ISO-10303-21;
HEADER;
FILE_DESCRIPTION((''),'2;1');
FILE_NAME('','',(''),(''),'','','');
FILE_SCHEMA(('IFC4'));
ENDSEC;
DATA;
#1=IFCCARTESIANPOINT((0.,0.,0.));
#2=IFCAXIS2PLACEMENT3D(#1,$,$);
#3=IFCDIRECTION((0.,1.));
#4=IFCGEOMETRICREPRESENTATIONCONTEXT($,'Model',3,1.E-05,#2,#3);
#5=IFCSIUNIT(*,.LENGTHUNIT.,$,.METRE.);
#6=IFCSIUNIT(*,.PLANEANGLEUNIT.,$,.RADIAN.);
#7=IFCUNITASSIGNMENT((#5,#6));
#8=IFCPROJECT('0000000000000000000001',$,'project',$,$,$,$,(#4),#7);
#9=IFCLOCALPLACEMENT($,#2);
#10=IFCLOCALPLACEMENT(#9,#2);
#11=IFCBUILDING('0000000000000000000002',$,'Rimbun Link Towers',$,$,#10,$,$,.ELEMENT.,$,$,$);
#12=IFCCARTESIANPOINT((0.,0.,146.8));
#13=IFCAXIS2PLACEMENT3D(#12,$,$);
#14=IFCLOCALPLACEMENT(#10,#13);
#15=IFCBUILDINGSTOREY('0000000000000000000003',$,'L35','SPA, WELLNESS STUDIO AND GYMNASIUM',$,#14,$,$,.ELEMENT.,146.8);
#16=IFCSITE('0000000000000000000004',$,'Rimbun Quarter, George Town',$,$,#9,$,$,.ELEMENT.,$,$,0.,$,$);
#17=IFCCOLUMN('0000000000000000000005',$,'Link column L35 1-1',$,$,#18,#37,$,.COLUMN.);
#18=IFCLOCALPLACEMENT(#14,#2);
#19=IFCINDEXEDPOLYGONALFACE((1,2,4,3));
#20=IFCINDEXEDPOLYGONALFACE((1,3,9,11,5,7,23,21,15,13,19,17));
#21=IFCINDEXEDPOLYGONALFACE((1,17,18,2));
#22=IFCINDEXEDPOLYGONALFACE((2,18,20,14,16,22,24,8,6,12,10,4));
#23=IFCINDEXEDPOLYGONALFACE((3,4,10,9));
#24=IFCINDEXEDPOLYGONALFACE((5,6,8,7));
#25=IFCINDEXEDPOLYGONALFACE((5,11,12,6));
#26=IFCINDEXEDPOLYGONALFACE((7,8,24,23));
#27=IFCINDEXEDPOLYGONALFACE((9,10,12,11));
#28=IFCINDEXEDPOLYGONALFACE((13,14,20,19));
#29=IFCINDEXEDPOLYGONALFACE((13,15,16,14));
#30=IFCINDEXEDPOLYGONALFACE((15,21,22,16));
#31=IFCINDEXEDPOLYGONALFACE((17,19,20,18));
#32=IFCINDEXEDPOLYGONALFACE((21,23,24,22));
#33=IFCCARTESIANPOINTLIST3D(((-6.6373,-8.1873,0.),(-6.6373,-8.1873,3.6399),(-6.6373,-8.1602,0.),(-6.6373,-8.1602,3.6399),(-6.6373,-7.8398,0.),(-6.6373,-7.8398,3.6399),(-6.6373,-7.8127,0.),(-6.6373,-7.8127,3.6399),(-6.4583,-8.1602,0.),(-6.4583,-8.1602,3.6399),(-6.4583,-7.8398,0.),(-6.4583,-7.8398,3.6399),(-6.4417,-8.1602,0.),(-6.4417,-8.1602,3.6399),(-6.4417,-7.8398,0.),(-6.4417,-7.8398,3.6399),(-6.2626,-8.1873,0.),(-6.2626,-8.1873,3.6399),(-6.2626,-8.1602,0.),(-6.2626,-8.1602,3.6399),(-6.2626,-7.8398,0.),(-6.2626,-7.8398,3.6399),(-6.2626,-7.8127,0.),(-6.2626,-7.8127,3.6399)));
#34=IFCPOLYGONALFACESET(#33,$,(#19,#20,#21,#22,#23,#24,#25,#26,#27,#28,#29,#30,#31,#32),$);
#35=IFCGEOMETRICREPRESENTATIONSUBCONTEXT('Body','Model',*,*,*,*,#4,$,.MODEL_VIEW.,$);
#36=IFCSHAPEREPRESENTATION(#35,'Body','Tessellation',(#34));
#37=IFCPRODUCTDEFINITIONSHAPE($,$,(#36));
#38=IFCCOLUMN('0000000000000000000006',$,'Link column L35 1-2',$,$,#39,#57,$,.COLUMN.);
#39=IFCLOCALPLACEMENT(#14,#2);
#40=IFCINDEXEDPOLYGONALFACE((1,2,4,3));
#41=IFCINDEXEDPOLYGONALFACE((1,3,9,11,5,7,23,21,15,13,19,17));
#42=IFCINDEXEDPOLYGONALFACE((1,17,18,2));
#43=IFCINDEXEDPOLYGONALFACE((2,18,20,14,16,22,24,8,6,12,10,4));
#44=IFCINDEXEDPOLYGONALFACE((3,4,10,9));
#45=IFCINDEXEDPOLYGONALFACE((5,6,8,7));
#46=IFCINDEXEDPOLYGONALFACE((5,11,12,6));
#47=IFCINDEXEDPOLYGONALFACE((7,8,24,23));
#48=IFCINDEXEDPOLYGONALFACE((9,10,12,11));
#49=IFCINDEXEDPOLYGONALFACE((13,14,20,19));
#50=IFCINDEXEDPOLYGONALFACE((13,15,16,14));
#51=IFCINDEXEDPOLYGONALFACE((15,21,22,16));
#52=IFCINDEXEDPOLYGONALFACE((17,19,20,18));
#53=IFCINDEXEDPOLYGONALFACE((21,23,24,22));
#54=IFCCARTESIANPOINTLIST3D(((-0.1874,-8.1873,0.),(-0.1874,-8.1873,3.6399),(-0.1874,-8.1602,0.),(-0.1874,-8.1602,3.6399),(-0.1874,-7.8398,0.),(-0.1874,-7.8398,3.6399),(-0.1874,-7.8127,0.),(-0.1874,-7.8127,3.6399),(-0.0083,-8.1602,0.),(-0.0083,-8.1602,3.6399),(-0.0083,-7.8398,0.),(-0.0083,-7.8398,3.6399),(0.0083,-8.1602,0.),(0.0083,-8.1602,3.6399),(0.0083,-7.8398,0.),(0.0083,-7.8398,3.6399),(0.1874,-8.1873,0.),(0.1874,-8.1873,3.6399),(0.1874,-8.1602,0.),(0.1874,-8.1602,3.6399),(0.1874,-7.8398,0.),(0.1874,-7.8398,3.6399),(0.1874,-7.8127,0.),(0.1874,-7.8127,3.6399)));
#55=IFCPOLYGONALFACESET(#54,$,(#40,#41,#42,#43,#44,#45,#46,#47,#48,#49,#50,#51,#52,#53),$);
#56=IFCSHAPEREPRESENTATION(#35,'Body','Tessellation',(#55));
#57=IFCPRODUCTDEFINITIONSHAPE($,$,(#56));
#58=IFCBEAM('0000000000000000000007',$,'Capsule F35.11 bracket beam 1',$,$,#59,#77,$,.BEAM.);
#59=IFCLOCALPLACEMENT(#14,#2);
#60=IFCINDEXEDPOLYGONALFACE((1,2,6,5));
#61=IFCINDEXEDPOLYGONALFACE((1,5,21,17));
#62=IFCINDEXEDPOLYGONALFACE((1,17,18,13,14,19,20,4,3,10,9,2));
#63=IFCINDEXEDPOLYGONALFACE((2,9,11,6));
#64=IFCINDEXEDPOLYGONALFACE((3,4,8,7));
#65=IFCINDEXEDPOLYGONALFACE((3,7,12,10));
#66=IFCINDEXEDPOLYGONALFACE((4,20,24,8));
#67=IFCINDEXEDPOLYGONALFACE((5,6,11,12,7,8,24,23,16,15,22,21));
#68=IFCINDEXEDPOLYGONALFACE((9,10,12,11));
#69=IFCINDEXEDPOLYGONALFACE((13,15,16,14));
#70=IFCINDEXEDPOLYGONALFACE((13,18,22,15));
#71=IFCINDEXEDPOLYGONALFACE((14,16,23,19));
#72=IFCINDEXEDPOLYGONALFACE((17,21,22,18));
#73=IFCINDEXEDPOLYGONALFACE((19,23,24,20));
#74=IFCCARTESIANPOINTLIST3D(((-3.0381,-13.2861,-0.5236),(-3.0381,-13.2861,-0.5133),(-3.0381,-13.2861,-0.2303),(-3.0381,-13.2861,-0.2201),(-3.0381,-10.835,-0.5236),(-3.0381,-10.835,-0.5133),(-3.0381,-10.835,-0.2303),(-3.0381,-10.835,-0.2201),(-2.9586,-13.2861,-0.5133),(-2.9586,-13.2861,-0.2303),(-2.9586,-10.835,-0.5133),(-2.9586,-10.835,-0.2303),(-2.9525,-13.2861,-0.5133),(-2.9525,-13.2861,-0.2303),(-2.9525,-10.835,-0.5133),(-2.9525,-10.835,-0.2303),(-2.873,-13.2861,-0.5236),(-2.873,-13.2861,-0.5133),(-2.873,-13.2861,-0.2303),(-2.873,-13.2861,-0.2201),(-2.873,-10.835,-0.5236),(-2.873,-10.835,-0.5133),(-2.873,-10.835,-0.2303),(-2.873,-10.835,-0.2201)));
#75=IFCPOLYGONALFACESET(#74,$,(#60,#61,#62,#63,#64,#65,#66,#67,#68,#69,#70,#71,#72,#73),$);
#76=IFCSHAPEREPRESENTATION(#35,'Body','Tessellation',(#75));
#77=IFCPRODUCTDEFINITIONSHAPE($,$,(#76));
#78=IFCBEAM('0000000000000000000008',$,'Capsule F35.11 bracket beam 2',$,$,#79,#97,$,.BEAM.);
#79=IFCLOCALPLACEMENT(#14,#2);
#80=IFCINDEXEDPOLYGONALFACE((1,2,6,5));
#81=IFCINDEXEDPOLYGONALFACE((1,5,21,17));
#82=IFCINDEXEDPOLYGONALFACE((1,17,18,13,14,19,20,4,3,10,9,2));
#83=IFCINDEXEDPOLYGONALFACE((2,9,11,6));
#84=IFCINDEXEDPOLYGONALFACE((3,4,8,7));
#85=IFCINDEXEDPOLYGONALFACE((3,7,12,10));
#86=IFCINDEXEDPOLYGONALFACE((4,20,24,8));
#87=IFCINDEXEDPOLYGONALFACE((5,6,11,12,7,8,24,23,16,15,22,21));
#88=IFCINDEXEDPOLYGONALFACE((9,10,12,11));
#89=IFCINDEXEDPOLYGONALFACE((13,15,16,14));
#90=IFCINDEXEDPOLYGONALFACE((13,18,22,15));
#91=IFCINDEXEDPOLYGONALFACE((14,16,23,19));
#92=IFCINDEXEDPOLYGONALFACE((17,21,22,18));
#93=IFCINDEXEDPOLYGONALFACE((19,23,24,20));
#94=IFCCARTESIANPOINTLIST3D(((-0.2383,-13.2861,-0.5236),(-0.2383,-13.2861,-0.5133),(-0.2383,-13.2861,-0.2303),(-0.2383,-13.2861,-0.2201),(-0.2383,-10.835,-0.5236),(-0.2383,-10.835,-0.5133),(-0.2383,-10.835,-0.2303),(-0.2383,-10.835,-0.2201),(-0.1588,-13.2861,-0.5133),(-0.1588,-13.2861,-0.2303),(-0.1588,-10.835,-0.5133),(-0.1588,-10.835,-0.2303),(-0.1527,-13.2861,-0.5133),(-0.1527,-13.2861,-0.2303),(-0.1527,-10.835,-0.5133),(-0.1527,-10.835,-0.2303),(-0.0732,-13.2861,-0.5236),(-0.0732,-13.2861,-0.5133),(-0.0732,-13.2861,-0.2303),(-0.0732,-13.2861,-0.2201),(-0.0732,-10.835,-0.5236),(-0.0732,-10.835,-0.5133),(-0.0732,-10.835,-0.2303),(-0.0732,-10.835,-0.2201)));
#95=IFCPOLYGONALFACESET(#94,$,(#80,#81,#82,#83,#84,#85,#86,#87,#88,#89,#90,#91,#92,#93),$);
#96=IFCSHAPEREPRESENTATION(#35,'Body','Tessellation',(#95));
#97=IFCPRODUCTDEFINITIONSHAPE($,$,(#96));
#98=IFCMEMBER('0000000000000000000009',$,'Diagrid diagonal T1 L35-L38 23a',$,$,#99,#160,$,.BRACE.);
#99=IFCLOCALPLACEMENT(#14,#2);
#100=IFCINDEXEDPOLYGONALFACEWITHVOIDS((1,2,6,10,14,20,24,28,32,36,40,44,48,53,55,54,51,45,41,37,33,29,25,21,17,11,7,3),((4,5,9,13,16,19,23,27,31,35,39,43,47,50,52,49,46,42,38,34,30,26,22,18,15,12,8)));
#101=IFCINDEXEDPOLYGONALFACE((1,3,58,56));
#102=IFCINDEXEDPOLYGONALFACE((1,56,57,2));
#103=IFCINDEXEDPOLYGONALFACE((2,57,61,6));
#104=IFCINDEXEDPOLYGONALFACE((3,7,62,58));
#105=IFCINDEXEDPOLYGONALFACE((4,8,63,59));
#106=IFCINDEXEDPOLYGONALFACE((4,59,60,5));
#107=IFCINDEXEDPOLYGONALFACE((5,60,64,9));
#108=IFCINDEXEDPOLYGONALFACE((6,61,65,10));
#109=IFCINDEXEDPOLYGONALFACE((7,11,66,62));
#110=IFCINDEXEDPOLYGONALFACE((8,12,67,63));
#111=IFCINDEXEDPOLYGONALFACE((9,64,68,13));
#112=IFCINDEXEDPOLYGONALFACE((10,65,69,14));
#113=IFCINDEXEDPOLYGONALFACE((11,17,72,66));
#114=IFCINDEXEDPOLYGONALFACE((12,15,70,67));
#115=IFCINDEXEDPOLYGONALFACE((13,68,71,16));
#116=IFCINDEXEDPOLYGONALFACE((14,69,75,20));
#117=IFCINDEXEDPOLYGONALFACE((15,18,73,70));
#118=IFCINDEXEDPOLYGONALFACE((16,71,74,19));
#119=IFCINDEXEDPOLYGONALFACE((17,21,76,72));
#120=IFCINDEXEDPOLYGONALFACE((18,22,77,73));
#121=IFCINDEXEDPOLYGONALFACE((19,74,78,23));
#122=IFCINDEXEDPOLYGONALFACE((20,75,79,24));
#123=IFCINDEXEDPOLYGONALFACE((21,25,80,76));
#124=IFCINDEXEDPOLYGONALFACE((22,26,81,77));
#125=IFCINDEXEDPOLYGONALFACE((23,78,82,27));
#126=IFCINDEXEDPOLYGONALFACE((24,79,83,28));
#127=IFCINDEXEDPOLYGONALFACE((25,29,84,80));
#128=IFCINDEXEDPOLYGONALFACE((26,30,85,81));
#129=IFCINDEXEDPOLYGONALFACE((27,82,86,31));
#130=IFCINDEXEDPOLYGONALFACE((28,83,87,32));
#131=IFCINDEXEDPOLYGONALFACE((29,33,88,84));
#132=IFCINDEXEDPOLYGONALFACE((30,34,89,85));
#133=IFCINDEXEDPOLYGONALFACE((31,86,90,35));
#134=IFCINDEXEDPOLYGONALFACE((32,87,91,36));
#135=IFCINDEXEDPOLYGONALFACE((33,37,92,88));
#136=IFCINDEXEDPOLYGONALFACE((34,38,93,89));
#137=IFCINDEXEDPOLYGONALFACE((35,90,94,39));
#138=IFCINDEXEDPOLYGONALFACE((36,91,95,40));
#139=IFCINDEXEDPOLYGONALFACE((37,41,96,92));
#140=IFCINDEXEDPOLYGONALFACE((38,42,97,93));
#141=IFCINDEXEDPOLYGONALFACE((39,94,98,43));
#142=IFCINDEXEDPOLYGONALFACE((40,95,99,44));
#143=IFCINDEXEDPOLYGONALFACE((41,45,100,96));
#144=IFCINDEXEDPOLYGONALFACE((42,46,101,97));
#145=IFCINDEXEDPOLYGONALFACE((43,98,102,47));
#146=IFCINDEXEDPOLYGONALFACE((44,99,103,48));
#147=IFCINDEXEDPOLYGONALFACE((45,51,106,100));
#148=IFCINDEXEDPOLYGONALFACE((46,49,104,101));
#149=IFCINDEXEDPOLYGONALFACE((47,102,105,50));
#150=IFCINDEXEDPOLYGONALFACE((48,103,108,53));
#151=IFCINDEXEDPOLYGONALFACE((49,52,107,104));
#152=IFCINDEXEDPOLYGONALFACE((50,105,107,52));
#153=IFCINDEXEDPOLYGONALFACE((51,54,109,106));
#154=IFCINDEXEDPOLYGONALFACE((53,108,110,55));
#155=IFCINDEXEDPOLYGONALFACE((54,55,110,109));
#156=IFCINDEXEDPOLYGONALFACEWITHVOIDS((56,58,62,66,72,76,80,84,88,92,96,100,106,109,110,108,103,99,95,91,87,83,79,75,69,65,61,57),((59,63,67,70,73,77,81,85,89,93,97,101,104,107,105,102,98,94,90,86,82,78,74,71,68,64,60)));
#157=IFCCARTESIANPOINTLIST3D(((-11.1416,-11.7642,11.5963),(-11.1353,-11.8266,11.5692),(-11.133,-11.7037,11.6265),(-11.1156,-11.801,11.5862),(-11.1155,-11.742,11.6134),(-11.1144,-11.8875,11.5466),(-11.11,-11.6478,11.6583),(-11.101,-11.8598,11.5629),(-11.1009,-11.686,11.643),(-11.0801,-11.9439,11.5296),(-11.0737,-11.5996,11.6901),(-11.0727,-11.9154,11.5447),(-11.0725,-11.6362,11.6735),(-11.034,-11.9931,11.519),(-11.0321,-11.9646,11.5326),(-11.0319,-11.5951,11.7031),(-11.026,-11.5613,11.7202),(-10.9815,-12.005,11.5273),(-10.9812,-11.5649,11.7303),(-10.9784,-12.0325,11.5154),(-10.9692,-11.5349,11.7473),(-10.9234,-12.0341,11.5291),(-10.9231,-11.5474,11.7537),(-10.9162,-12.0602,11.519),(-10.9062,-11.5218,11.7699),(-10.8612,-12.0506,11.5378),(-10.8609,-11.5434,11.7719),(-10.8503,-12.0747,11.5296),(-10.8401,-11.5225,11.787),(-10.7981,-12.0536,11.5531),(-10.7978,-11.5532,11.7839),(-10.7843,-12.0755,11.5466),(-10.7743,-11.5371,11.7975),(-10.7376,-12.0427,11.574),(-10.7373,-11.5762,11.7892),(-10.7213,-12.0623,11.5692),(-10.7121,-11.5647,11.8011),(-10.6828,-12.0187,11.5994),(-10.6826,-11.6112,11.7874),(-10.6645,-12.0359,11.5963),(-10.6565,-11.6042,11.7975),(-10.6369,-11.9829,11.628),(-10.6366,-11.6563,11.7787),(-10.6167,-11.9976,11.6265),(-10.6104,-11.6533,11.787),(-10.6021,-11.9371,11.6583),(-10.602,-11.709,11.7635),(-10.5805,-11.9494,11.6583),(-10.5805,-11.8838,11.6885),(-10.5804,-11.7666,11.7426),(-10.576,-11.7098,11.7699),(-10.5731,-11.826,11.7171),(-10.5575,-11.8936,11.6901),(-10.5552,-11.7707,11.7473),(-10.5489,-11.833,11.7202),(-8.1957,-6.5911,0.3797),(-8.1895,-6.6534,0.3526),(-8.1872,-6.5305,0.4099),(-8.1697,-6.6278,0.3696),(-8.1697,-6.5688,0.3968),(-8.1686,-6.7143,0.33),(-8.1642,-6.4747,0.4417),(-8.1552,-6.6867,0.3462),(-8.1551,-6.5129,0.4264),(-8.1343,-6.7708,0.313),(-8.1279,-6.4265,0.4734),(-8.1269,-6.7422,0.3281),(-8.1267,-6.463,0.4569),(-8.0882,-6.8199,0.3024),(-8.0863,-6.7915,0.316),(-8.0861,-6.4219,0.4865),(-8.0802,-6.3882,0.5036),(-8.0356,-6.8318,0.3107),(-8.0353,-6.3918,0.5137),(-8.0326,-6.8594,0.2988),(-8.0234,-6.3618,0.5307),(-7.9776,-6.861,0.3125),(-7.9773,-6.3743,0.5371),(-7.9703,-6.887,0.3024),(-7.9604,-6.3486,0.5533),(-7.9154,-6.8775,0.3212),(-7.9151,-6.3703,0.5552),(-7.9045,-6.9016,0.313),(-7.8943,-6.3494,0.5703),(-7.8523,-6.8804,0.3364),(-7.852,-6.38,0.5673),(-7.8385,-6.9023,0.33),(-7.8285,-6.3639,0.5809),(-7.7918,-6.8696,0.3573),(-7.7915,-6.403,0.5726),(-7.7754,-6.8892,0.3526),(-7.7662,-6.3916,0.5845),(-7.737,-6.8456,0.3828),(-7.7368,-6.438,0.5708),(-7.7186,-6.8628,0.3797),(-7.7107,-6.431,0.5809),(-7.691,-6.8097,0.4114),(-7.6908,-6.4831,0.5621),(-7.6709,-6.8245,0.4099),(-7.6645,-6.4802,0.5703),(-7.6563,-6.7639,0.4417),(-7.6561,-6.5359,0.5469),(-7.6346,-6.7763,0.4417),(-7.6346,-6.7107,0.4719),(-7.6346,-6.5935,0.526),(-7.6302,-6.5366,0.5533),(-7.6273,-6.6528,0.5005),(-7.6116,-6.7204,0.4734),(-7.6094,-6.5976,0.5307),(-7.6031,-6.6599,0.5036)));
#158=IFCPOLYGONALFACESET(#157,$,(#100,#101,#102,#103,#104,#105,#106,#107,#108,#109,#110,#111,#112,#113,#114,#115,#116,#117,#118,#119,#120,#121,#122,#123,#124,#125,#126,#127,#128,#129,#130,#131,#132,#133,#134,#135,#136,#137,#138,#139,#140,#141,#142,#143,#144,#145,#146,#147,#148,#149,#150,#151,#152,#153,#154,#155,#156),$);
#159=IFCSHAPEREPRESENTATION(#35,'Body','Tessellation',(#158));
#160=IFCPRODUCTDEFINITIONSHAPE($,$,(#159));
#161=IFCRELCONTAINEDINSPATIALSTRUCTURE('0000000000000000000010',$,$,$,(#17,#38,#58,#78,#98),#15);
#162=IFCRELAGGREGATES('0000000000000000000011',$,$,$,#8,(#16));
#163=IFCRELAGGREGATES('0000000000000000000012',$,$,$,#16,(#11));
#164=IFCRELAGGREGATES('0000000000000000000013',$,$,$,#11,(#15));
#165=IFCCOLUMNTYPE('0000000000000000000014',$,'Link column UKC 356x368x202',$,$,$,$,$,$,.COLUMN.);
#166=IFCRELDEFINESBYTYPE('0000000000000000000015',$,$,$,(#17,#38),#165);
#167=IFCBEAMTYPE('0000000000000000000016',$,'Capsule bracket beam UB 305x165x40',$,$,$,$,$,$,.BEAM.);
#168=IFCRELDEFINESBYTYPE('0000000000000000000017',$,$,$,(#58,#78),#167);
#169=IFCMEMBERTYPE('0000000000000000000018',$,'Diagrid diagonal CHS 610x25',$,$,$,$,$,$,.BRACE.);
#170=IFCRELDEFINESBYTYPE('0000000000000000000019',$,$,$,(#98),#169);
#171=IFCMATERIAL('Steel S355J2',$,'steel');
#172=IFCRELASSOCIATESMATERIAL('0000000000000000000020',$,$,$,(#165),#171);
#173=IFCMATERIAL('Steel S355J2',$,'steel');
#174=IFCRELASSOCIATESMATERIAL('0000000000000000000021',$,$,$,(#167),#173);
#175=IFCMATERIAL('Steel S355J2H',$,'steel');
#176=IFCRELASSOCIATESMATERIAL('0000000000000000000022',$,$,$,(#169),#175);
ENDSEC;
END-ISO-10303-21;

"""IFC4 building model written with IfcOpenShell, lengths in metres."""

from ifc_helpers import new_model, si_unit, direction, frame, origin, origin_2d, place, context, subcontext, project, spatial, hollow_circle, i_section, extrude, material, material_profile, profile_set, type_object, element, save


model = new_model("IFC4")

# Units and contexts
model_context = context("Model", 3, precision=1e-05, world=origin(), true_north=direction((0.0, 1.0)))
body_context = subcontext(model_context, "Body", "Model", "MODEL_VIEW")
ifc_project = project(units=[si_unit("LENGTHUNIT", "METRE"), si_unit("PLANEANGLEUNIT", "RADIAN")], contexts=[model_context])

# Site, building, storey
site_placement = place(None, origin())
site = spatial("IfcSite", under=ifc_project, at=site_placement, Name="Rimbun Quarter, George Town", CompositionType="ELEMENT", RefElevation=0.0)
building_placement = place(site_placement, origin())
building = spatial("IfcBuilding", under=site, at=building_placement, Name="Rimbun Link Towers", CompositionType="ELEMENT")
storey_placement = place(building_placement, frame((0.0, 0.0, 146.8)))
storey = spatial("IfcBuildingStorey", under=building, at=storey_placement, Name="L35", Description="SPA, WELLNESS STUDIO AND GYMNASIUM", CompositionType="ELEMENT", Elevation=146.8)

# Columns
ifc_material_1 = material(Name="Steel S355J2", Category="steel")
ifc_material_profile_1 = material_profile(ifc_material_1, i_section(OverallWidth=0.3748, OverallDepth=0.3745, WebThickness=0.0166, FlangeThickness=0.0271, at=origin_2d()), Name="UKC 356x368x202")
ifc_profile_set_1 = profile_set([ifc_material_profile_1], Name="Steel S355J2")
column_type = type_object("IfcColumnType", Name="Link column UKC 356x368x202", PredefinedType="COLUMN", material=ifc_profile_set_1)
for number, where, z_axis, x_axis, name in (
    (1, (-6.45, -8.0, 0.0), (0.0, 0.0, 1.0), (1.0, 0.0, 0.0), "Link column L35 1-1"),
    (2, (0.0, -8.0, 0.0), (0.0, 0.0, 1.0), (1.0, 0.0, 0.0), "Link column L35 1-2"),
):
    element("IfcColumn", number, at=place(storey_placement, frame(where, z_axis=z_axis, x_axis=x_axis)), inside=storey, type_object=column_type, Name=name, PredefinedType="COLUMN", context=body_context, shape_type="SweptSolid", body=[
        extrude(i_section(OverallWidth=0.3748, OverallDepth=0.3745, WebThickness=0.0166, FlangeThickness=0.0271, at=origin_2d()), origin(), (0.0, 0.0, 1.0), 3.6399),
    ])

# Beams
ifc_material_2 = material(Name="Steel S355J2", Category="steel")
ifc_material_profile_2 = material_profile(ifc_material_2, i_section(OverallWidth=0.165, OverallDepth=0.3035, WebThickness=0.0061, FlangeThickness=0.0103, at=origin_2d()), Name="UB 305x165x40")
ifc_profile_set_2 = profile_set([ifc_material_profile_2], Name="Steel S355J2")
beam_type_1 = type_object("IfcBeamType", Name="Capsule bracket beam UB 305x165x40", PredefinedType="BEAM", material=ifc_profile_set_2)
for number, where, z_axis, x_axis, name in (
    (3, (-2.9556, -10.835, -0.3718), (0.0, -1.0, 0.0), (1.0, 0.0, 0.0), "Capsule F35.11 bracket beam 1"),
    (4, (-0.1558, -10.835, -0.3718), (0.0, -1.0, 0.0), (1.0, 0.0, 0.0), "Capsule F35.11 bracket beam 2"),
):
    element("IfcBeam", number, at=place(storey_placement, frame(where, z_axis=z_axis, x_axis=x_axis)), inside=storey, type_object=beam_type_1, Name=name, PredefinedType="BEAM", context=body_context, shape_type="SweptSolid", body=[
        extrude(i_section(OverallWidth=0.165, OverallDepth=0.3035, WebThickness=0.0061, FlangeThickness=0.0103, at=origin_2d()), origin(), (0.0, 0.0, 1.0), 2.4512),
    ])

# Member
ifc_material_3 = material(Name="Steel S355J2H", Category="steel")
ifc_material_profile_3 = material_profile(ifc_material_3, hollow_circle(Radius=0.3047, WallThickness=0.0249, at=origin_2d()), Name="Diagrid diagonal CHS 610x25")
ifc_profile_set_3 = profile_set([ifc_material_profile_3], Name="Steel S355J2H")
member_type_1 = type_object("IfcMemberType", Name="Diagrid diagonal CHS 610x25", PredefinedType="BRACE", material=ifc_profile_set_3)
member_1_placement = place(storey_placement, frame((-7.8994, -6.6255, 0.4417), z_axis=(-0.231982, -0.407381, 0.883303), x_axis=(0.868984, -0.49484, 0.0)))
element("IfcMember", 5, at=member_1_placement, inside=storey, type_object=member_type_1, Name="Diagrid diagonal T1 L35-L38 23a", PredefinedType="BRACE", context=body_context, shape_type="SweptSolid", body=[
    extrude(hollow_circle(Radius=0.3047, WallThickness=0.0249, at=origin_2d()), origin(), (0.0, 0.0, 1.0), 12.6985),
])

save(model, "model.ifc")
